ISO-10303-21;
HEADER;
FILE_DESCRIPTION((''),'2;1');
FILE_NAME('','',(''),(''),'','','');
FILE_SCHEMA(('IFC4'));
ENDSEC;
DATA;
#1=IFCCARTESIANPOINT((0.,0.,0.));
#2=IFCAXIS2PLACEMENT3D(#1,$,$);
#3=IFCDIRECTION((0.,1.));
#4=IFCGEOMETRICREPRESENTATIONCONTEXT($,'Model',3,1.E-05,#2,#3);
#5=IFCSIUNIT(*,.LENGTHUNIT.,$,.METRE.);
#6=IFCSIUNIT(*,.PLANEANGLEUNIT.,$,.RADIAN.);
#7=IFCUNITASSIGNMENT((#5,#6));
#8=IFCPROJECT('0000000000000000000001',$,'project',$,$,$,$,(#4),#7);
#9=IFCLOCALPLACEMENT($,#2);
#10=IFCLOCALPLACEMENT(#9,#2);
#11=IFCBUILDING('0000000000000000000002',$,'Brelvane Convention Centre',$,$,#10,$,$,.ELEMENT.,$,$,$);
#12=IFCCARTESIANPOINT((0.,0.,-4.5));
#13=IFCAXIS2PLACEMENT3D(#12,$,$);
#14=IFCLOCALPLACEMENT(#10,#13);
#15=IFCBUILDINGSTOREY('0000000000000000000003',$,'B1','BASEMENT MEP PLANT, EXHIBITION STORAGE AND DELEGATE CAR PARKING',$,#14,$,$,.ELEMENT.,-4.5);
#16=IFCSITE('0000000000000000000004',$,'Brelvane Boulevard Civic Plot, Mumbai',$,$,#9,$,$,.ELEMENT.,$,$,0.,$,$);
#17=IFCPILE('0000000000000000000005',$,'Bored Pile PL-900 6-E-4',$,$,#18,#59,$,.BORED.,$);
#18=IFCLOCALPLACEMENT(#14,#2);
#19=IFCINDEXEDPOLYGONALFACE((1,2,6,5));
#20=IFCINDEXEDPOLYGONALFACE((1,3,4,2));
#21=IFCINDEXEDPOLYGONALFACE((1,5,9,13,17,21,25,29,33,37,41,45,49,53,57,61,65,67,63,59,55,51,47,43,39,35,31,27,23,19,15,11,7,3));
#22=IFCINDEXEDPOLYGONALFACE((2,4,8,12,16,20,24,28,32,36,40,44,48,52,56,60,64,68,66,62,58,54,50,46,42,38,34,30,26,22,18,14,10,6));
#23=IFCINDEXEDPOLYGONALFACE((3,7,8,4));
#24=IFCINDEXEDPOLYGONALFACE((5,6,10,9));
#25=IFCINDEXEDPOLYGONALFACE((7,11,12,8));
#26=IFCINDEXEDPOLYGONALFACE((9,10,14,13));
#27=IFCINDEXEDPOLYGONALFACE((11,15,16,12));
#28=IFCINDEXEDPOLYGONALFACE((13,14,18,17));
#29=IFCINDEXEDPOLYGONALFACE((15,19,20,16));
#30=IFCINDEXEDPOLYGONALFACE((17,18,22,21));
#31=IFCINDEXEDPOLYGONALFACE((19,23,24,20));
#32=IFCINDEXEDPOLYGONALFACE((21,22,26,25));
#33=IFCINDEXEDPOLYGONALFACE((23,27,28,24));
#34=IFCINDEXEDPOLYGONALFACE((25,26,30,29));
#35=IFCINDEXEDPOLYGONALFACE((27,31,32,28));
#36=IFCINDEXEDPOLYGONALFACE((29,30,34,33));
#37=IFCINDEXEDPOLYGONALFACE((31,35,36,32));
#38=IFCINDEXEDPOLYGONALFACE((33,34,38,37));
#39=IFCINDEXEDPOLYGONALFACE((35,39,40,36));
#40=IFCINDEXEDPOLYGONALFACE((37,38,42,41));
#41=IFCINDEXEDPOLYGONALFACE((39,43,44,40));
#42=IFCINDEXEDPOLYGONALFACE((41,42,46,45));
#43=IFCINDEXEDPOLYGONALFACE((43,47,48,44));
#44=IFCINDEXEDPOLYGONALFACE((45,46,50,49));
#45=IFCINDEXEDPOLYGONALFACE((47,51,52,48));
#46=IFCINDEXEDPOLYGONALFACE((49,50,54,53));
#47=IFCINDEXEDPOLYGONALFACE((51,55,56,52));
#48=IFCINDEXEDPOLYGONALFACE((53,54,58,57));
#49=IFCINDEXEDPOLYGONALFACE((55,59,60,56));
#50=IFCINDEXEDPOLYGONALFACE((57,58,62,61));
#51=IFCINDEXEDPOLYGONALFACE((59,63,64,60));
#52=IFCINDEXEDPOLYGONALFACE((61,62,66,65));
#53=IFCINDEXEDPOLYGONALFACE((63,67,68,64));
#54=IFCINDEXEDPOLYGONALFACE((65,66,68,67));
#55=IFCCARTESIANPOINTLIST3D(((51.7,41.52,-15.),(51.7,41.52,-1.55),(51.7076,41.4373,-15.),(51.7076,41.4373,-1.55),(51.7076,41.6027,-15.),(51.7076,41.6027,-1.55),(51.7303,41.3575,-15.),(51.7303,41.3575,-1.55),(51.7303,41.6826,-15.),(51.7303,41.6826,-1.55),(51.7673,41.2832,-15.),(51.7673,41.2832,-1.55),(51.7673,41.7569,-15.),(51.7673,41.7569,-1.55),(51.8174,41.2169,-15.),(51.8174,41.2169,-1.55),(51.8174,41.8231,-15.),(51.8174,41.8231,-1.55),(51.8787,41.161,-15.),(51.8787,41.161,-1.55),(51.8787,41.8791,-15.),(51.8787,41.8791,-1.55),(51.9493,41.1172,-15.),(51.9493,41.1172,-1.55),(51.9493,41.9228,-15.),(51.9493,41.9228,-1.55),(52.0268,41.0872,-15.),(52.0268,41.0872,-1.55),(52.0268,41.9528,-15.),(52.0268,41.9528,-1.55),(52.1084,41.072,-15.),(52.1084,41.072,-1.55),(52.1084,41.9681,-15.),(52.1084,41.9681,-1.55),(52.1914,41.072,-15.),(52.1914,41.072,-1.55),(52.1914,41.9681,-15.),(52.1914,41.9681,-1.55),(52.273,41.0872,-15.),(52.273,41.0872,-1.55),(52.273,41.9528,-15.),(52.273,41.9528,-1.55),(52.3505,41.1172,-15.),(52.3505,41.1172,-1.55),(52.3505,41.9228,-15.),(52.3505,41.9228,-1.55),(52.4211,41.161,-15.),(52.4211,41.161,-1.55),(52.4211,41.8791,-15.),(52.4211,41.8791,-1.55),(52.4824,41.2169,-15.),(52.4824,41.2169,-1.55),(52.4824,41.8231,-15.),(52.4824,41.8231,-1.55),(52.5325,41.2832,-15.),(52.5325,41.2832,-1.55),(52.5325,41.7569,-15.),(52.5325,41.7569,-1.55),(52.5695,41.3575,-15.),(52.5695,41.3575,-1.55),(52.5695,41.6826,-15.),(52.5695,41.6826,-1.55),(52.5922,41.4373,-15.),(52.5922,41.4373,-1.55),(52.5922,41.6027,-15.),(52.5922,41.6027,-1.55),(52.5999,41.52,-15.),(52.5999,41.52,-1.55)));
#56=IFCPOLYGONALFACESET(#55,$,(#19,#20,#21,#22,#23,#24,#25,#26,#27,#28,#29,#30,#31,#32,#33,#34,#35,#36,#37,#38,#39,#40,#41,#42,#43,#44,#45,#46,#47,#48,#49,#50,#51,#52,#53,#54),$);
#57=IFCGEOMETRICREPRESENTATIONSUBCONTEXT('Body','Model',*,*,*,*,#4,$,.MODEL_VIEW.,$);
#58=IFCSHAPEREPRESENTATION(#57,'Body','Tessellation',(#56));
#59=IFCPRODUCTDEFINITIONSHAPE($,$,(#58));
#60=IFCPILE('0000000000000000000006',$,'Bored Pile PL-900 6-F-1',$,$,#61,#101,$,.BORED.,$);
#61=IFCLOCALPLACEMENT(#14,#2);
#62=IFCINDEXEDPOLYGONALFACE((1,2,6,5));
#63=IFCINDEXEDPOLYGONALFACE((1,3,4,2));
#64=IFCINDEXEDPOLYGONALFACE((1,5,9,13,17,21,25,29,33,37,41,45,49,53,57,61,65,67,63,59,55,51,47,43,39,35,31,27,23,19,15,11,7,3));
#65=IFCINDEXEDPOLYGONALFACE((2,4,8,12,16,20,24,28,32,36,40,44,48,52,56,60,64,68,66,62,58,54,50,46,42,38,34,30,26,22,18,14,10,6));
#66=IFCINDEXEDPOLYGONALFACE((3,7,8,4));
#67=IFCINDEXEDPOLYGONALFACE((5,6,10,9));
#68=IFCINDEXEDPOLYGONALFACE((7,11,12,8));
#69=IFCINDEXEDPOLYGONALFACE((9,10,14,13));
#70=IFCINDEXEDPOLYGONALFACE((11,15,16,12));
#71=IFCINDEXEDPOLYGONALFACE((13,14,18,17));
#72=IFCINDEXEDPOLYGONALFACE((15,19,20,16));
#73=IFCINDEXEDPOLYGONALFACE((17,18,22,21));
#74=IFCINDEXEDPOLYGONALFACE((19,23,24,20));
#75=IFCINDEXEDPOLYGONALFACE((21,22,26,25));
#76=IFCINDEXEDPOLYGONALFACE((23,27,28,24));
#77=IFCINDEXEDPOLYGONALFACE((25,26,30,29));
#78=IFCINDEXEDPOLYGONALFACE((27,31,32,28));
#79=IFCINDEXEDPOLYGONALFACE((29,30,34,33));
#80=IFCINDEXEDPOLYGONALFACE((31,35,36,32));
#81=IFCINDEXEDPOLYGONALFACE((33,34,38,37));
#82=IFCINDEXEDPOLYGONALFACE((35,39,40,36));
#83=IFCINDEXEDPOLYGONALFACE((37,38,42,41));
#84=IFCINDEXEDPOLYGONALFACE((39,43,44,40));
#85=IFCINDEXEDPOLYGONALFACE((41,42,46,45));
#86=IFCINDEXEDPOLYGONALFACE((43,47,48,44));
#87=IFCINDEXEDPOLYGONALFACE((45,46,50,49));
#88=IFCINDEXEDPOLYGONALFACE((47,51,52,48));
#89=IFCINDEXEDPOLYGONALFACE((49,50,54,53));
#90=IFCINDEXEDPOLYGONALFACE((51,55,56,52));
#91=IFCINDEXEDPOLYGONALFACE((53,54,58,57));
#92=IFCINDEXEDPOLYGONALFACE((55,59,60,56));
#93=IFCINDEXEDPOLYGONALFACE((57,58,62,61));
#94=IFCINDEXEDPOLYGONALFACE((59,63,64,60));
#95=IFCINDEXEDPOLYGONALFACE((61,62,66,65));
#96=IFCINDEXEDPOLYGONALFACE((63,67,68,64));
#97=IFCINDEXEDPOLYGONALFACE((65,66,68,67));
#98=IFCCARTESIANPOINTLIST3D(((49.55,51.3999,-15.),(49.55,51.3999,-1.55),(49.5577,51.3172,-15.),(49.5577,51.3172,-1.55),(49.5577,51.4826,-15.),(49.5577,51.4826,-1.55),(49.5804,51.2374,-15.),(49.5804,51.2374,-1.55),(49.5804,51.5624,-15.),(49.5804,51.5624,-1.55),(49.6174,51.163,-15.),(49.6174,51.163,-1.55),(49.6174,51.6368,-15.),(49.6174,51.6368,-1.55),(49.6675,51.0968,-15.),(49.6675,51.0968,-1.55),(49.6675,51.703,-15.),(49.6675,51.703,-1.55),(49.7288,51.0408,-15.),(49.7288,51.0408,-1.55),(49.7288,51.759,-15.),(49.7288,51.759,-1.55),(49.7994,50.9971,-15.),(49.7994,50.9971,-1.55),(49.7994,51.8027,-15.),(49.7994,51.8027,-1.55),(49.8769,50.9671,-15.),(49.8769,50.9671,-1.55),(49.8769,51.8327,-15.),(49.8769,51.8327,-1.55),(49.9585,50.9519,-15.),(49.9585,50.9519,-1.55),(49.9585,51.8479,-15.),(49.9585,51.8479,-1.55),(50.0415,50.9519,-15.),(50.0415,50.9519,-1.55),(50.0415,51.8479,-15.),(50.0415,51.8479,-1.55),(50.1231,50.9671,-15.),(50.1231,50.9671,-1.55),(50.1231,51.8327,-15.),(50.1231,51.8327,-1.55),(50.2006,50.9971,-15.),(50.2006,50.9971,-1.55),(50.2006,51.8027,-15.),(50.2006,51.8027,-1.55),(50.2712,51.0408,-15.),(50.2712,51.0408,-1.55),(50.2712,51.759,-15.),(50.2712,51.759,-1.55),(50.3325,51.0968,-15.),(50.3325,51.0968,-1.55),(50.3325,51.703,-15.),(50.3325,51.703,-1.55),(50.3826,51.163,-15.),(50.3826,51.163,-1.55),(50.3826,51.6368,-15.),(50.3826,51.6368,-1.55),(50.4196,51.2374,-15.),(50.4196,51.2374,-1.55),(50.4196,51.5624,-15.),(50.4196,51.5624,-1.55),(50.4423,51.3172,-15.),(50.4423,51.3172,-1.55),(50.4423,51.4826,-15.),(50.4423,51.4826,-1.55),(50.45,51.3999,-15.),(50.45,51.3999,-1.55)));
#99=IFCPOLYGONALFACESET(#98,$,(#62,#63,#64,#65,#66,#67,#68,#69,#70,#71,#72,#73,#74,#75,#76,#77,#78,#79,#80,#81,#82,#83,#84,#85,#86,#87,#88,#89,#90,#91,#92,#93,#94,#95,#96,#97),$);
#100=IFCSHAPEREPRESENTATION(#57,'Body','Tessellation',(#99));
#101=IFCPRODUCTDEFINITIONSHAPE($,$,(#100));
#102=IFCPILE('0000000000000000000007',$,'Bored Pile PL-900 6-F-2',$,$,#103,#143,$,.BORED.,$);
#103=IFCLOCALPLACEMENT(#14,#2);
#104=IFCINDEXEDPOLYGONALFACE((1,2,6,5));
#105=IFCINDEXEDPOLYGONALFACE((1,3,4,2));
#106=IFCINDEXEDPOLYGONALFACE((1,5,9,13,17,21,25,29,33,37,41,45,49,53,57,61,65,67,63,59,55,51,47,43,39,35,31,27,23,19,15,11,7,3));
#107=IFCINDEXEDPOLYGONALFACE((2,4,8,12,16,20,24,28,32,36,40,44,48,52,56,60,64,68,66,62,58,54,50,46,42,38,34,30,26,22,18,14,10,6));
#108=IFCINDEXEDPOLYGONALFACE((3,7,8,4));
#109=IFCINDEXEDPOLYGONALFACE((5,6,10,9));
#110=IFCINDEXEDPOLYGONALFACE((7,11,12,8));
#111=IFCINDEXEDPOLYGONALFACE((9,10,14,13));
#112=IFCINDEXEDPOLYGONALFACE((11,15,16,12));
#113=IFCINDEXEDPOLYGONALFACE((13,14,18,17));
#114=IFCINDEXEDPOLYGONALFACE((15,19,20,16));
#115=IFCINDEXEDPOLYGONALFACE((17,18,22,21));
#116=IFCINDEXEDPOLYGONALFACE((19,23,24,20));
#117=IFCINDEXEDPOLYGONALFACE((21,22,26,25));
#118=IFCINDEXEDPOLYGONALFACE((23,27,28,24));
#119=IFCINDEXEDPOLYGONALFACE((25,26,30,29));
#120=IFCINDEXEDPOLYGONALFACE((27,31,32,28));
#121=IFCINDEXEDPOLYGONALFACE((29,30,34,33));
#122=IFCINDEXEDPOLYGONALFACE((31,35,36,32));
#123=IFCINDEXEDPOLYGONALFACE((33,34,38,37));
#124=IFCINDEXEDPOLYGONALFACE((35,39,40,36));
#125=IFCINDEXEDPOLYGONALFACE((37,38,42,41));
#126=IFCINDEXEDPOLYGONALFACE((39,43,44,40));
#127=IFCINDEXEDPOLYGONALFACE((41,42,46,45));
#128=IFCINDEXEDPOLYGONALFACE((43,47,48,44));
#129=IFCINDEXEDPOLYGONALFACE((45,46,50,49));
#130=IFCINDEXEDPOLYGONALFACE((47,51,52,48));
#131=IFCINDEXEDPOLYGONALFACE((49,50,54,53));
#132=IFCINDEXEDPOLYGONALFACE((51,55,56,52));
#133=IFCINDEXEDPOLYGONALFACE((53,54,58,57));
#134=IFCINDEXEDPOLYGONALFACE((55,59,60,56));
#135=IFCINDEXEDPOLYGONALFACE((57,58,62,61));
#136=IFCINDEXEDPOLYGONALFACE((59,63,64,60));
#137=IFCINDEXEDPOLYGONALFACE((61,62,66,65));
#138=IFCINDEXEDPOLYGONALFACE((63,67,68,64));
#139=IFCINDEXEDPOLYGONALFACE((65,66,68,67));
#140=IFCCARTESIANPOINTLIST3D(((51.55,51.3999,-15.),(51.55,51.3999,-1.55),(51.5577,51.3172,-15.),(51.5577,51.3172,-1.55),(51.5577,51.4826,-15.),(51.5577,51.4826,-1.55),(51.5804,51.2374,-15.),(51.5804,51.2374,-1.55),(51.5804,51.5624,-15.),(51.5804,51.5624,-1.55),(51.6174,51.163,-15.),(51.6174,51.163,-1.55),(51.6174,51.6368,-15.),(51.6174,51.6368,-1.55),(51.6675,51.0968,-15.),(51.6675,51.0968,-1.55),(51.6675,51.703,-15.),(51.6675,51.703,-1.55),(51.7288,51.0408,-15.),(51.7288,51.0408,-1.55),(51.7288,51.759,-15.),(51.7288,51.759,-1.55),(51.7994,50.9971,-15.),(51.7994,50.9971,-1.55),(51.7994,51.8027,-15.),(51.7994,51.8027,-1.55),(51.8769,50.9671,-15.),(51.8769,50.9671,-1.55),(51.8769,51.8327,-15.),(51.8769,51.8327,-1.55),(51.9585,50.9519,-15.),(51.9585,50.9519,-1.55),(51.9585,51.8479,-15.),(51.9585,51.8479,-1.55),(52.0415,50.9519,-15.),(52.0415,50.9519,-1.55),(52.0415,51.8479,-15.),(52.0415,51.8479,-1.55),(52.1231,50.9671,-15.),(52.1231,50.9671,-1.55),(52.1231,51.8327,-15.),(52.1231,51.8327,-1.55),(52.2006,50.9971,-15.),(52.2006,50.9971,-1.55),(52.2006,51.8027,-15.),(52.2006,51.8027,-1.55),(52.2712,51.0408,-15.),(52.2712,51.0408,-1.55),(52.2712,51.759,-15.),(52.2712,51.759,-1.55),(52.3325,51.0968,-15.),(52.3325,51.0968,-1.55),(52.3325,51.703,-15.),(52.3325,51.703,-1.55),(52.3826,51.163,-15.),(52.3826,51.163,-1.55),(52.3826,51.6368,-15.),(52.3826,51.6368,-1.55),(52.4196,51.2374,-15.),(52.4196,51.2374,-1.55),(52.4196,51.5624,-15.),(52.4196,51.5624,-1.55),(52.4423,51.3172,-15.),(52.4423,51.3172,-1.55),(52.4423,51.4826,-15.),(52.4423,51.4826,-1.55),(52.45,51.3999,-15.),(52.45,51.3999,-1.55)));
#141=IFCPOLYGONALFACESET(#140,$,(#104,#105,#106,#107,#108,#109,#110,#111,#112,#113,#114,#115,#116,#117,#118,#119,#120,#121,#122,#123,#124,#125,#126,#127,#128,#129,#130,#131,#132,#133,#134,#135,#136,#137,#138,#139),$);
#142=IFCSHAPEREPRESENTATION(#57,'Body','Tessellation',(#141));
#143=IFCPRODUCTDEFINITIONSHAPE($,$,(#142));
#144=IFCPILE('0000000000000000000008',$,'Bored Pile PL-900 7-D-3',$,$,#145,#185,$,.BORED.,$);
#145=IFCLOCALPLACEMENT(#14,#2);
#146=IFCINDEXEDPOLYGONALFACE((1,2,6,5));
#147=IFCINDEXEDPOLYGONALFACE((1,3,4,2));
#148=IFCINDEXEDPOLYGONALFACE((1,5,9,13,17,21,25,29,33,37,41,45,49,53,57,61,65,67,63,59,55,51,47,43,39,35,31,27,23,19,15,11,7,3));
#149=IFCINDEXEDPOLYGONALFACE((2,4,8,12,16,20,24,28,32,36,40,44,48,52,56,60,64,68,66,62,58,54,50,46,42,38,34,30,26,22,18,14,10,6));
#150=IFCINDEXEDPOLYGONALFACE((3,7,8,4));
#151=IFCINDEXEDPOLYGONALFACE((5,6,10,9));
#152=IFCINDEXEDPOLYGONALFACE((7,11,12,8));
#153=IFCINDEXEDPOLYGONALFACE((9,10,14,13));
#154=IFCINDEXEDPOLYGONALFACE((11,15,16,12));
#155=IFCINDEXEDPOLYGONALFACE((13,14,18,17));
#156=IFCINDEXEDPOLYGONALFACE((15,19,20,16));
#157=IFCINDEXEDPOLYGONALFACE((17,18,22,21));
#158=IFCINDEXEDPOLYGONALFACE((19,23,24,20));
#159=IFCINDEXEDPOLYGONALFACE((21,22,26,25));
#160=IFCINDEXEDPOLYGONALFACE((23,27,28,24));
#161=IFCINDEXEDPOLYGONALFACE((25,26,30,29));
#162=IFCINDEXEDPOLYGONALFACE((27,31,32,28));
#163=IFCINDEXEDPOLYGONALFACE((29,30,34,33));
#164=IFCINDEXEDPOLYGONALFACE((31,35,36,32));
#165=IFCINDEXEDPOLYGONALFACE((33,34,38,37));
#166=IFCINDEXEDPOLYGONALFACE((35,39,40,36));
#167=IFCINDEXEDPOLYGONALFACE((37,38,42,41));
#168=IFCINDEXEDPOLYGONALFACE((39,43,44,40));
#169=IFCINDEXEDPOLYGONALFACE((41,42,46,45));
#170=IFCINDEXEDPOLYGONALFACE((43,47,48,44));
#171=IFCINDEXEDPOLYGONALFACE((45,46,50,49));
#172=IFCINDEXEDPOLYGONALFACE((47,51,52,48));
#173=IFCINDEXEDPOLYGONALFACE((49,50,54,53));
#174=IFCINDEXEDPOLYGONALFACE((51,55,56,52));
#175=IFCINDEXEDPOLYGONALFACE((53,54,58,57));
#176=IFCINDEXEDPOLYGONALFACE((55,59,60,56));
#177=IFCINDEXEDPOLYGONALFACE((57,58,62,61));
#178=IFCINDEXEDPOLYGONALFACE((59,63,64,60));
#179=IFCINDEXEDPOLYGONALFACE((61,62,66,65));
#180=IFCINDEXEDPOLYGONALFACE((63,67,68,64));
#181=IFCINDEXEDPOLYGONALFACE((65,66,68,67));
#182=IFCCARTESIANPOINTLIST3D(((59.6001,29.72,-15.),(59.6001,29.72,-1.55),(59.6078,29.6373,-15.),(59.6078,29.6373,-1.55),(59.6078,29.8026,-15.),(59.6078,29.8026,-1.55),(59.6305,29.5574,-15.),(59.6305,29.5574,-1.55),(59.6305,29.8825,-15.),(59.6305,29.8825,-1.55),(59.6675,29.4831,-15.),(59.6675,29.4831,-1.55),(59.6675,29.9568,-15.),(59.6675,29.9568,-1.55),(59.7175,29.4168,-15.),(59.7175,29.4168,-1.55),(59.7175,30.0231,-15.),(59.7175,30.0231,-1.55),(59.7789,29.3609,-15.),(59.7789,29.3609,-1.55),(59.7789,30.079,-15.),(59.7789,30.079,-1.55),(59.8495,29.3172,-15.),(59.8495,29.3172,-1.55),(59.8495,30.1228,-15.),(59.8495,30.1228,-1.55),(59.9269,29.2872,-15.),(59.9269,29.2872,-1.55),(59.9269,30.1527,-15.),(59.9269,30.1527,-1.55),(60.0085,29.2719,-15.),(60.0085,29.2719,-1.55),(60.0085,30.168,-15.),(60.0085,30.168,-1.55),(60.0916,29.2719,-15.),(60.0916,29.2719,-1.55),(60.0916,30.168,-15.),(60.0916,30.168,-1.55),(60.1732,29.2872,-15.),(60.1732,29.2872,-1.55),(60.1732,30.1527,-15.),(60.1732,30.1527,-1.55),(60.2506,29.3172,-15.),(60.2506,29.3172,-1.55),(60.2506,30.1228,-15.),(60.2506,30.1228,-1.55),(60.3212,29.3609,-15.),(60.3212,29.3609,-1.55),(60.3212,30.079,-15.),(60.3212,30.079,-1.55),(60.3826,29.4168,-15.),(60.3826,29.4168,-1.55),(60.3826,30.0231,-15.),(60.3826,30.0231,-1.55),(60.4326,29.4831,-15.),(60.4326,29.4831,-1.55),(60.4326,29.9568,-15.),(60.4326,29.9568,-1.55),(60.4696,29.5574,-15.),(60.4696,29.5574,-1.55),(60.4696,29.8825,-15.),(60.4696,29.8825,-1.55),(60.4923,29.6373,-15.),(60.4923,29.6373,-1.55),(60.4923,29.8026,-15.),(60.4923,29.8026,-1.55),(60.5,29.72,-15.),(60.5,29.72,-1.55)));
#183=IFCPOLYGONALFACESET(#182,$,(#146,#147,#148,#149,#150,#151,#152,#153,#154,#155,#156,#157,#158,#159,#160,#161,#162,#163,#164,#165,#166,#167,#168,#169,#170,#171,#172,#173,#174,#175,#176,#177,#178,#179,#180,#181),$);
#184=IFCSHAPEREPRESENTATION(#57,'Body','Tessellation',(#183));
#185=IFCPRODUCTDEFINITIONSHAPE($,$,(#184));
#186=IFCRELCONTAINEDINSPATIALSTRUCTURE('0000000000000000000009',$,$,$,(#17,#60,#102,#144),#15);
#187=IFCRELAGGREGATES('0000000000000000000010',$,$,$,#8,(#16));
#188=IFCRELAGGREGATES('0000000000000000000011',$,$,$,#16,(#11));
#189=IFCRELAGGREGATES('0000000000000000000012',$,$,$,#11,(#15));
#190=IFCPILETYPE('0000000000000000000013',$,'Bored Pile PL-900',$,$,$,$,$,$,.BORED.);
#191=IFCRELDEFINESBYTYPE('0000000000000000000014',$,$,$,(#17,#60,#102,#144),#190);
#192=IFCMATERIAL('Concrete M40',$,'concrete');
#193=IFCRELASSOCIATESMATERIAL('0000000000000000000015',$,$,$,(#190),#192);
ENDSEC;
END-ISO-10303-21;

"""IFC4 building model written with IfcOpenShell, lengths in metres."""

from ifc_helpers import new_model, si_unit, direction, frame, origin, origin_2d, place, context, subcontext, project, spatial, circle, extrude, material, material_profile, profile_set, type_object, element, save


model = new_model("IFC4")

# Units and contexts
model_context = context("Model", 3, precision=1e-05, world=origin(), true_north=direction((0.0, 1.0)))
body_context = subcontext(model_context, "Body", "Model", "MODEL_VIEW")
ifc_project = project(units=[si_unit("LENGTHUNIT", "METRE"), si_unit("PLANEANGLEUNIT", "RADIAN")], contexts=[model_context])

# Site, building, storey
site_placement = place(None, origin())
site = spatial("IfcSite", under=ifc_project, at=site_placement, Name="Brelvane Boulevard Civic Plot, Mumbai", CompositionType="ELEMENT", RefElevation=0.0)
building_placement = place(site_placement, origin())
building = spatial("IfcBuilding", under=site, at=building_placement, Name="Brelvane Convention Centre", CompositionType="ELEMENT")
storey_placement = place(building_placement, frame((0.0, 0.0, -4.5)))
storey = spatial("IfcBuildingStorey", under=building, at=storey_placement, Name="B1", Description="BASEMENT MEP PLANT, EXHIBITION STORAGE AND DELEGATE CAR PARKING", CompositionType="ELEMENT", Elevation=-4.5)

# Piles
ifc_material_1 = material(Name="Concrete M40", Category="concrete")
ifc_material_profile_1 = material_profile(ifc_material_1, circle(Radius=0.45, at=origin_2d()), Name="PILE D900")
ifc_profile_set_1 = profile_set([ifc_material_profile_1], Name="Concrete M40")
pile_type = type_object("IfcPileType", Name="Bored Pile PL-900", PredefinedType="BORED", material=ifc_profile_set_1)
for number, where, z_axis, x_axis, name in (
    (1, (52.1499, 41.52, -1.55), (0.0, 0.0, -1.0), (1.0, 0.0, 0.0), "Bored Pile PL-900 6-E-4"),
    (2, (50.0, 51.3999, -1.55), (0.0, 0.0, -1.0), (1.0, 0.0, 0.0), "Bored Pile PL-900 6-F-1"),
    (3, (52.0, 51.3999, -1.55), (0.0, 0.0, -1.0), (1.0, 0.0, 0.0), "Bored Pile PL-900 6-F-2"),
    (4, (60.05, 29.72, -1.55), (0.0, 0.0, -1.0), (1.0, 0.0, 0.0), "Bored Pile PL-900 7-D-3"),
):
    element("IfcPile", number, at=place(storey_placement, frame(where, z_axis=z_axis, x_axis=x_axis)), inside=storey, type_object=pile_type, Name=name, PredefinedType="BORED", context=body_context, shape_type="SweptSolid", body=[
        extrude(circle(Radius=0.45, at=origin_2d()), origin(), (0.0, 0.0, 1.0), 13.45),
    ])

save(model, "model.ifc")
